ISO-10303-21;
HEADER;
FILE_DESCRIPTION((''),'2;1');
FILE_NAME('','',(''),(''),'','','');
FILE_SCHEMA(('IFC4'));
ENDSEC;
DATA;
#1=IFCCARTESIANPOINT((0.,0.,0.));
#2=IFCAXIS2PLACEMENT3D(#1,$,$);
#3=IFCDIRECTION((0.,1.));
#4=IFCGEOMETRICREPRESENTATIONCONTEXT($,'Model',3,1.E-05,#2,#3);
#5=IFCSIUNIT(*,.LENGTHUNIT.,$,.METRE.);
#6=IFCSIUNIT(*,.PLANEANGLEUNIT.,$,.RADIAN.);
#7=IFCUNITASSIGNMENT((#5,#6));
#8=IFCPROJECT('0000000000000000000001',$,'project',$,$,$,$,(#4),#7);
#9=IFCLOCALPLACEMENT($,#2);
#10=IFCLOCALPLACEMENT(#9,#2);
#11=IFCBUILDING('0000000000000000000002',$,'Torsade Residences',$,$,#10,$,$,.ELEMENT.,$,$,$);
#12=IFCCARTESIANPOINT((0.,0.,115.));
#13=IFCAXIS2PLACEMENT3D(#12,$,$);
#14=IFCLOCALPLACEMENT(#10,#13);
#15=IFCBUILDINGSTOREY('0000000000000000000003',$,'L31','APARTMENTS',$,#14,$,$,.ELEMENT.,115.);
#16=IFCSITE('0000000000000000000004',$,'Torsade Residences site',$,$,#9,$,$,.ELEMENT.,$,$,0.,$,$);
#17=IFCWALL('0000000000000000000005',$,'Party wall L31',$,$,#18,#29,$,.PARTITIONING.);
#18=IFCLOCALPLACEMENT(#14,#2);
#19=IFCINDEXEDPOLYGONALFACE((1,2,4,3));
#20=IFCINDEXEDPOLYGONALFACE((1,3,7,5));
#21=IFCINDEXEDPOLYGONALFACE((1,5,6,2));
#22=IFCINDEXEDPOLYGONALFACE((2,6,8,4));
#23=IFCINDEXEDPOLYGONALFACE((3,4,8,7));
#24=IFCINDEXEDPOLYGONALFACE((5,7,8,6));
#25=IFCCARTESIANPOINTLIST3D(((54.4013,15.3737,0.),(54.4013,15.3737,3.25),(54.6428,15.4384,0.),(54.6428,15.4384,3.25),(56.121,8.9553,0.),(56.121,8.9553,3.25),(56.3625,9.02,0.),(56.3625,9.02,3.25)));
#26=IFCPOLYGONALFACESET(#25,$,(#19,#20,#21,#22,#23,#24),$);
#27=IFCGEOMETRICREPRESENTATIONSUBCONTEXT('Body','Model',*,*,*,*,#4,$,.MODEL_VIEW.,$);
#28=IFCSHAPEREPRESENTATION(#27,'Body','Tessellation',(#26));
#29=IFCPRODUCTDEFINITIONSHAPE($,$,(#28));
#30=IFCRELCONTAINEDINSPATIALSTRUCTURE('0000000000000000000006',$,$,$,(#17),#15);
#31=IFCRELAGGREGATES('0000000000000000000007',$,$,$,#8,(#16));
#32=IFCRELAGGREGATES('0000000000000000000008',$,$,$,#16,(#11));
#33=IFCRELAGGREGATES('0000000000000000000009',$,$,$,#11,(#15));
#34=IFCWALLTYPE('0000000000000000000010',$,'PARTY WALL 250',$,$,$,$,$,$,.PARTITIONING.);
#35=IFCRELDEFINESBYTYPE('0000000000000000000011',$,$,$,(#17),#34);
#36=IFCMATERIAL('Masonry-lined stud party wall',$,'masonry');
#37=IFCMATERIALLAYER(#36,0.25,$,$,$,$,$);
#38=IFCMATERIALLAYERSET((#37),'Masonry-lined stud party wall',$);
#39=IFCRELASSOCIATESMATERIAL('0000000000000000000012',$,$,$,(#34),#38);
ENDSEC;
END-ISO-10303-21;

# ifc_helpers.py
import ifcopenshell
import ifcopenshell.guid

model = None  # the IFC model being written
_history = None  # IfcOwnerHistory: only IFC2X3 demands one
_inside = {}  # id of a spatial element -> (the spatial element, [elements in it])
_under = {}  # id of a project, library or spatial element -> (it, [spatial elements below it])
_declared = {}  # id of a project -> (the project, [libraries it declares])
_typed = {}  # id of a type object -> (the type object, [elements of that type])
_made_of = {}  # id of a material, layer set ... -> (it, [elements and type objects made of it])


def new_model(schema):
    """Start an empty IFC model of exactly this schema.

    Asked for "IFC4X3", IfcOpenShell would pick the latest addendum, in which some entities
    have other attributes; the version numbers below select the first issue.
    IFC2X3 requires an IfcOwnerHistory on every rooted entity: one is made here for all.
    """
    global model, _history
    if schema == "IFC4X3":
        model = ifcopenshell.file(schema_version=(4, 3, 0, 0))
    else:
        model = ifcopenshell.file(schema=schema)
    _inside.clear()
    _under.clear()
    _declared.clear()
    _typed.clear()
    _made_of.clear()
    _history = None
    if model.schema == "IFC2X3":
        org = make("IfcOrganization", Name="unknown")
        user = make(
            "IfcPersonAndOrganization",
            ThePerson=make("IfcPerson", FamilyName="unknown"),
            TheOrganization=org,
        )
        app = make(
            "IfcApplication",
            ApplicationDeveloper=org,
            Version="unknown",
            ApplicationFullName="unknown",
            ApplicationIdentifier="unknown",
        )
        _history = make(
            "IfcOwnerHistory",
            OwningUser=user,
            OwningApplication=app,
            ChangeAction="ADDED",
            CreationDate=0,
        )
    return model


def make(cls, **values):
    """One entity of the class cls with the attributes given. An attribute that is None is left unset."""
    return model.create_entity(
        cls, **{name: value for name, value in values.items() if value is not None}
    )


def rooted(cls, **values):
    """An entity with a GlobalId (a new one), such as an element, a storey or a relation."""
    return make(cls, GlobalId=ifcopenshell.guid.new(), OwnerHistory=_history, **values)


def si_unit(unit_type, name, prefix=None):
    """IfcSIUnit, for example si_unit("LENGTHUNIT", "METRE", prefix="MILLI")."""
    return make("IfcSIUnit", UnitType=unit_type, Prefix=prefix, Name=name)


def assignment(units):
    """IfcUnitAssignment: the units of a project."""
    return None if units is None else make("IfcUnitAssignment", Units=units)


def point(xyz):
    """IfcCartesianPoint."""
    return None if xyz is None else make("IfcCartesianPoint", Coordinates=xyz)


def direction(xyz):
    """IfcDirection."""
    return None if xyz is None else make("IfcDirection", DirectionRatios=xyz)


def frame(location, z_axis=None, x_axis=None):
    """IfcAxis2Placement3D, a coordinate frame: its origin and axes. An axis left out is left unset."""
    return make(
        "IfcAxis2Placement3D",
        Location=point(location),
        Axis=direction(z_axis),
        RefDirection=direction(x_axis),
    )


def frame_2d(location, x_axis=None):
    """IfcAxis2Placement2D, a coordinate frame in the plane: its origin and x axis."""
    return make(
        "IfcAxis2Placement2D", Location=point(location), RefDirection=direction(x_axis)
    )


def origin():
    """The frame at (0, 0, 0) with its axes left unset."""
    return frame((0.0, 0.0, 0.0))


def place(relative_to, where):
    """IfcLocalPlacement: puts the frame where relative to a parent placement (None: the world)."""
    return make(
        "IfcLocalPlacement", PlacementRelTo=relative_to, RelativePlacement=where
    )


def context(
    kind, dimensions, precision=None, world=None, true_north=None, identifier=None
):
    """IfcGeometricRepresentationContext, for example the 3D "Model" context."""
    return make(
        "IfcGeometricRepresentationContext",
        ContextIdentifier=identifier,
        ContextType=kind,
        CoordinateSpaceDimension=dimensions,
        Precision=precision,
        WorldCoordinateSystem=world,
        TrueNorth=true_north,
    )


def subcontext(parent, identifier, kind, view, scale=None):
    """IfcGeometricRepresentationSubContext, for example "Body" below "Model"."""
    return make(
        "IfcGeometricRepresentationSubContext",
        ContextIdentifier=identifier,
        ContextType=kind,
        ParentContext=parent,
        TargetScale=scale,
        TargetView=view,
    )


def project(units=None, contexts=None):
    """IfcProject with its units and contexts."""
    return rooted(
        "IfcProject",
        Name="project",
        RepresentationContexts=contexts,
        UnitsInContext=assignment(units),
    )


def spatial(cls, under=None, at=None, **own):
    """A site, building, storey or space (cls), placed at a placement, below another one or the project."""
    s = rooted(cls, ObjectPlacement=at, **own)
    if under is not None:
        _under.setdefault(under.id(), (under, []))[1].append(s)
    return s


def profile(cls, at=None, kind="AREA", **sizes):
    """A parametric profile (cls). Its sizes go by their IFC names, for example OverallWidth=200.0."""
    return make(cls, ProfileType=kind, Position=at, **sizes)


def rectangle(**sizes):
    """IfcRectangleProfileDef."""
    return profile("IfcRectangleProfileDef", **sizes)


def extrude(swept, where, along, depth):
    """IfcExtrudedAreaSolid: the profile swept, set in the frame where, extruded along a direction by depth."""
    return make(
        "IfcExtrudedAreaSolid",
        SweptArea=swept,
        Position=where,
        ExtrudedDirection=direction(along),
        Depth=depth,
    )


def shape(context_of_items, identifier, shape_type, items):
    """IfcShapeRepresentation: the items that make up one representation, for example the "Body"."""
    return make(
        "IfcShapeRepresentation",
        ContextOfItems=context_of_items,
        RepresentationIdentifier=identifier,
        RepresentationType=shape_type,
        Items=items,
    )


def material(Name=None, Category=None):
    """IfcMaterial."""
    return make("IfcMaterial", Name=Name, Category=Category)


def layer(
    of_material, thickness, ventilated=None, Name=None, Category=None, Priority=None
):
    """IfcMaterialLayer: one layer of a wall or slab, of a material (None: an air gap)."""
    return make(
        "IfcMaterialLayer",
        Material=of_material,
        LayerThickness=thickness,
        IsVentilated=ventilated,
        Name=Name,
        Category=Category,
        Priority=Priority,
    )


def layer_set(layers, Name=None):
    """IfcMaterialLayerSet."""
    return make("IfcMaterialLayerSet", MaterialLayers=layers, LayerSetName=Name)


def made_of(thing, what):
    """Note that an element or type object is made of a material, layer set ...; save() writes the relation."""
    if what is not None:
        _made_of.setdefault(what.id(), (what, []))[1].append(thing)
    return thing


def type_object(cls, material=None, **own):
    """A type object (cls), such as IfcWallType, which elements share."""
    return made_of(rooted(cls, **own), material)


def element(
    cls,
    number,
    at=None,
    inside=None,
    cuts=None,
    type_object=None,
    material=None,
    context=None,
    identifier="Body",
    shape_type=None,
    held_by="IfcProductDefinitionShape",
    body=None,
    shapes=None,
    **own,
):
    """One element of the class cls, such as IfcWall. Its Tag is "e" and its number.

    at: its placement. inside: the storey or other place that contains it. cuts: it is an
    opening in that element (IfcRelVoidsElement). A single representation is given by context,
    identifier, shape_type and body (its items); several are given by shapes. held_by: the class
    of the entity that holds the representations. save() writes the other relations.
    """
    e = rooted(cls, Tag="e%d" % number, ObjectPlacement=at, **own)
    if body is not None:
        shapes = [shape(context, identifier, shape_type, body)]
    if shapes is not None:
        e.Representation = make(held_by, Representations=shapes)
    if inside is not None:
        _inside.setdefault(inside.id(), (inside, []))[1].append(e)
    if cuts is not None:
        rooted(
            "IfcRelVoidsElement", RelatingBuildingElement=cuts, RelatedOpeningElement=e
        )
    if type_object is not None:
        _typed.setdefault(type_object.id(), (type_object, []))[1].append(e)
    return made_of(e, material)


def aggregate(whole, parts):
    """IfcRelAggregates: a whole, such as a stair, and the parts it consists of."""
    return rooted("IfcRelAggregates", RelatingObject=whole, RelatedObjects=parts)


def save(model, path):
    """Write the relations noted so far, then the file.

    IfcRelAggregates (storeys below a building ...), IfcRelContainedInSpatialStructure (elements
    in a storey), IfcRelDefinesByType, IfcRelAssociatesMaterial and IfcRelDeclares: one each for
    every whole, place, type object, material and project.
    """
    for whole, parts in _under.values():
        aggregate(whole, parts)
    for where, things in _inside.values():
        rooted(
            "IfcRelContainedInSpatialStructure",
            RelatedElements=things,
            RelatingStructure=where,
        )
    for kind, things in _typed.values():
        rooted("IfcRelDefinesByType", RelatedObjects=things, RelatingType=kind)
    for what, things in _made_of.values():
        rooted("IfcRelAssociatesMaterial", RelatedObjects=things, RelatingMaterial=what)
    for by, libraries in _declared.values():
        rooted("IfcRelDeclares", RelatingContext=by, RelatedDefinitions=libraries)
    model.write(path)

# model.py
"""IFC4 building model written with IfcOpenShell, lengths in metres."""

from ifc_helpers import new_model, si_unit, direction, frame, frame_2d, origin, place, context, subcontext, project, spatial, rectangle, extrude, material, layer, layer_set, type_object, element, save


model = new_model("IFC4")

# Units and contexts
model_context = context("Model", 3, precision=1e-05, world=origin(), true_north=direction((0.0, 1.0)))
body_context = subcontext(model_context, "Body", "Model", "MODEL_VIEW")
ifc_project = project(units=[si_unit("LENGTHUNIT", "METRE"), si_unit("PLANEANGLEUNIT", "RADIAN")], contexts=[model_context])

# Site, building, storey
site_placement = place(None, origin())
site = spatial("IfcSite", under=ifc_project, at=site_placement, Name="Torsade Residences site", CompositionType="ELEMENT", RefElevation=0.0)
building_placement = place(site_placement, origin())
building = spatial("IfcBuilding", under=site, at=building_placement, Name="Torsade Residences", CompositionType="ELEMENT")
storey_placement = place(building_placement, frame((0.0, 0.0, 115.0)))
storey = spatial("IfcBuildingStorey", under=building, at=storey_placement, Name="L31", Description="APARTMENTS", CompositionType="ELEMENT", Elevation=115.0)

# Wall
ifc_material_1 = material(Name="Masonry-lined stud party wall", Category="masonry")
ifc_layer_1 = layer(ifc_material_1, 0.25)
ifc_layer_set_1 = layer_set([ifc_layer_1], Name="Masonry-lined stud party wall")
wall_type_1 = type_object("IfcWallType", Name="PARTY WALL 250", PredefinedType="PARTITIONING", material=ifc_layer_set_1)
wall_1_placement = place(storey_placement, frame((56.2417, 8.9878, 0.0), z_axis=(0.0, 0.0, 1.0), x_axis=(-0.258806, 0.965929, 0.0)))
element("IfcWall", 1, at=wall_1_placement, inside=storey, type_object=wall_type_1, Name="Party wall L31", PredefinedType="PARTITIONING", context=body_context, shape_type="SweptSolid", body=[
    extrude(rectangle(XDim=6.6448, YDim=0.25, at=frame_2d((3.3223, 0.0))), origin(), (0.0, 0.0, 1.0), 3.25),
])

save(model, "model.ifc")
